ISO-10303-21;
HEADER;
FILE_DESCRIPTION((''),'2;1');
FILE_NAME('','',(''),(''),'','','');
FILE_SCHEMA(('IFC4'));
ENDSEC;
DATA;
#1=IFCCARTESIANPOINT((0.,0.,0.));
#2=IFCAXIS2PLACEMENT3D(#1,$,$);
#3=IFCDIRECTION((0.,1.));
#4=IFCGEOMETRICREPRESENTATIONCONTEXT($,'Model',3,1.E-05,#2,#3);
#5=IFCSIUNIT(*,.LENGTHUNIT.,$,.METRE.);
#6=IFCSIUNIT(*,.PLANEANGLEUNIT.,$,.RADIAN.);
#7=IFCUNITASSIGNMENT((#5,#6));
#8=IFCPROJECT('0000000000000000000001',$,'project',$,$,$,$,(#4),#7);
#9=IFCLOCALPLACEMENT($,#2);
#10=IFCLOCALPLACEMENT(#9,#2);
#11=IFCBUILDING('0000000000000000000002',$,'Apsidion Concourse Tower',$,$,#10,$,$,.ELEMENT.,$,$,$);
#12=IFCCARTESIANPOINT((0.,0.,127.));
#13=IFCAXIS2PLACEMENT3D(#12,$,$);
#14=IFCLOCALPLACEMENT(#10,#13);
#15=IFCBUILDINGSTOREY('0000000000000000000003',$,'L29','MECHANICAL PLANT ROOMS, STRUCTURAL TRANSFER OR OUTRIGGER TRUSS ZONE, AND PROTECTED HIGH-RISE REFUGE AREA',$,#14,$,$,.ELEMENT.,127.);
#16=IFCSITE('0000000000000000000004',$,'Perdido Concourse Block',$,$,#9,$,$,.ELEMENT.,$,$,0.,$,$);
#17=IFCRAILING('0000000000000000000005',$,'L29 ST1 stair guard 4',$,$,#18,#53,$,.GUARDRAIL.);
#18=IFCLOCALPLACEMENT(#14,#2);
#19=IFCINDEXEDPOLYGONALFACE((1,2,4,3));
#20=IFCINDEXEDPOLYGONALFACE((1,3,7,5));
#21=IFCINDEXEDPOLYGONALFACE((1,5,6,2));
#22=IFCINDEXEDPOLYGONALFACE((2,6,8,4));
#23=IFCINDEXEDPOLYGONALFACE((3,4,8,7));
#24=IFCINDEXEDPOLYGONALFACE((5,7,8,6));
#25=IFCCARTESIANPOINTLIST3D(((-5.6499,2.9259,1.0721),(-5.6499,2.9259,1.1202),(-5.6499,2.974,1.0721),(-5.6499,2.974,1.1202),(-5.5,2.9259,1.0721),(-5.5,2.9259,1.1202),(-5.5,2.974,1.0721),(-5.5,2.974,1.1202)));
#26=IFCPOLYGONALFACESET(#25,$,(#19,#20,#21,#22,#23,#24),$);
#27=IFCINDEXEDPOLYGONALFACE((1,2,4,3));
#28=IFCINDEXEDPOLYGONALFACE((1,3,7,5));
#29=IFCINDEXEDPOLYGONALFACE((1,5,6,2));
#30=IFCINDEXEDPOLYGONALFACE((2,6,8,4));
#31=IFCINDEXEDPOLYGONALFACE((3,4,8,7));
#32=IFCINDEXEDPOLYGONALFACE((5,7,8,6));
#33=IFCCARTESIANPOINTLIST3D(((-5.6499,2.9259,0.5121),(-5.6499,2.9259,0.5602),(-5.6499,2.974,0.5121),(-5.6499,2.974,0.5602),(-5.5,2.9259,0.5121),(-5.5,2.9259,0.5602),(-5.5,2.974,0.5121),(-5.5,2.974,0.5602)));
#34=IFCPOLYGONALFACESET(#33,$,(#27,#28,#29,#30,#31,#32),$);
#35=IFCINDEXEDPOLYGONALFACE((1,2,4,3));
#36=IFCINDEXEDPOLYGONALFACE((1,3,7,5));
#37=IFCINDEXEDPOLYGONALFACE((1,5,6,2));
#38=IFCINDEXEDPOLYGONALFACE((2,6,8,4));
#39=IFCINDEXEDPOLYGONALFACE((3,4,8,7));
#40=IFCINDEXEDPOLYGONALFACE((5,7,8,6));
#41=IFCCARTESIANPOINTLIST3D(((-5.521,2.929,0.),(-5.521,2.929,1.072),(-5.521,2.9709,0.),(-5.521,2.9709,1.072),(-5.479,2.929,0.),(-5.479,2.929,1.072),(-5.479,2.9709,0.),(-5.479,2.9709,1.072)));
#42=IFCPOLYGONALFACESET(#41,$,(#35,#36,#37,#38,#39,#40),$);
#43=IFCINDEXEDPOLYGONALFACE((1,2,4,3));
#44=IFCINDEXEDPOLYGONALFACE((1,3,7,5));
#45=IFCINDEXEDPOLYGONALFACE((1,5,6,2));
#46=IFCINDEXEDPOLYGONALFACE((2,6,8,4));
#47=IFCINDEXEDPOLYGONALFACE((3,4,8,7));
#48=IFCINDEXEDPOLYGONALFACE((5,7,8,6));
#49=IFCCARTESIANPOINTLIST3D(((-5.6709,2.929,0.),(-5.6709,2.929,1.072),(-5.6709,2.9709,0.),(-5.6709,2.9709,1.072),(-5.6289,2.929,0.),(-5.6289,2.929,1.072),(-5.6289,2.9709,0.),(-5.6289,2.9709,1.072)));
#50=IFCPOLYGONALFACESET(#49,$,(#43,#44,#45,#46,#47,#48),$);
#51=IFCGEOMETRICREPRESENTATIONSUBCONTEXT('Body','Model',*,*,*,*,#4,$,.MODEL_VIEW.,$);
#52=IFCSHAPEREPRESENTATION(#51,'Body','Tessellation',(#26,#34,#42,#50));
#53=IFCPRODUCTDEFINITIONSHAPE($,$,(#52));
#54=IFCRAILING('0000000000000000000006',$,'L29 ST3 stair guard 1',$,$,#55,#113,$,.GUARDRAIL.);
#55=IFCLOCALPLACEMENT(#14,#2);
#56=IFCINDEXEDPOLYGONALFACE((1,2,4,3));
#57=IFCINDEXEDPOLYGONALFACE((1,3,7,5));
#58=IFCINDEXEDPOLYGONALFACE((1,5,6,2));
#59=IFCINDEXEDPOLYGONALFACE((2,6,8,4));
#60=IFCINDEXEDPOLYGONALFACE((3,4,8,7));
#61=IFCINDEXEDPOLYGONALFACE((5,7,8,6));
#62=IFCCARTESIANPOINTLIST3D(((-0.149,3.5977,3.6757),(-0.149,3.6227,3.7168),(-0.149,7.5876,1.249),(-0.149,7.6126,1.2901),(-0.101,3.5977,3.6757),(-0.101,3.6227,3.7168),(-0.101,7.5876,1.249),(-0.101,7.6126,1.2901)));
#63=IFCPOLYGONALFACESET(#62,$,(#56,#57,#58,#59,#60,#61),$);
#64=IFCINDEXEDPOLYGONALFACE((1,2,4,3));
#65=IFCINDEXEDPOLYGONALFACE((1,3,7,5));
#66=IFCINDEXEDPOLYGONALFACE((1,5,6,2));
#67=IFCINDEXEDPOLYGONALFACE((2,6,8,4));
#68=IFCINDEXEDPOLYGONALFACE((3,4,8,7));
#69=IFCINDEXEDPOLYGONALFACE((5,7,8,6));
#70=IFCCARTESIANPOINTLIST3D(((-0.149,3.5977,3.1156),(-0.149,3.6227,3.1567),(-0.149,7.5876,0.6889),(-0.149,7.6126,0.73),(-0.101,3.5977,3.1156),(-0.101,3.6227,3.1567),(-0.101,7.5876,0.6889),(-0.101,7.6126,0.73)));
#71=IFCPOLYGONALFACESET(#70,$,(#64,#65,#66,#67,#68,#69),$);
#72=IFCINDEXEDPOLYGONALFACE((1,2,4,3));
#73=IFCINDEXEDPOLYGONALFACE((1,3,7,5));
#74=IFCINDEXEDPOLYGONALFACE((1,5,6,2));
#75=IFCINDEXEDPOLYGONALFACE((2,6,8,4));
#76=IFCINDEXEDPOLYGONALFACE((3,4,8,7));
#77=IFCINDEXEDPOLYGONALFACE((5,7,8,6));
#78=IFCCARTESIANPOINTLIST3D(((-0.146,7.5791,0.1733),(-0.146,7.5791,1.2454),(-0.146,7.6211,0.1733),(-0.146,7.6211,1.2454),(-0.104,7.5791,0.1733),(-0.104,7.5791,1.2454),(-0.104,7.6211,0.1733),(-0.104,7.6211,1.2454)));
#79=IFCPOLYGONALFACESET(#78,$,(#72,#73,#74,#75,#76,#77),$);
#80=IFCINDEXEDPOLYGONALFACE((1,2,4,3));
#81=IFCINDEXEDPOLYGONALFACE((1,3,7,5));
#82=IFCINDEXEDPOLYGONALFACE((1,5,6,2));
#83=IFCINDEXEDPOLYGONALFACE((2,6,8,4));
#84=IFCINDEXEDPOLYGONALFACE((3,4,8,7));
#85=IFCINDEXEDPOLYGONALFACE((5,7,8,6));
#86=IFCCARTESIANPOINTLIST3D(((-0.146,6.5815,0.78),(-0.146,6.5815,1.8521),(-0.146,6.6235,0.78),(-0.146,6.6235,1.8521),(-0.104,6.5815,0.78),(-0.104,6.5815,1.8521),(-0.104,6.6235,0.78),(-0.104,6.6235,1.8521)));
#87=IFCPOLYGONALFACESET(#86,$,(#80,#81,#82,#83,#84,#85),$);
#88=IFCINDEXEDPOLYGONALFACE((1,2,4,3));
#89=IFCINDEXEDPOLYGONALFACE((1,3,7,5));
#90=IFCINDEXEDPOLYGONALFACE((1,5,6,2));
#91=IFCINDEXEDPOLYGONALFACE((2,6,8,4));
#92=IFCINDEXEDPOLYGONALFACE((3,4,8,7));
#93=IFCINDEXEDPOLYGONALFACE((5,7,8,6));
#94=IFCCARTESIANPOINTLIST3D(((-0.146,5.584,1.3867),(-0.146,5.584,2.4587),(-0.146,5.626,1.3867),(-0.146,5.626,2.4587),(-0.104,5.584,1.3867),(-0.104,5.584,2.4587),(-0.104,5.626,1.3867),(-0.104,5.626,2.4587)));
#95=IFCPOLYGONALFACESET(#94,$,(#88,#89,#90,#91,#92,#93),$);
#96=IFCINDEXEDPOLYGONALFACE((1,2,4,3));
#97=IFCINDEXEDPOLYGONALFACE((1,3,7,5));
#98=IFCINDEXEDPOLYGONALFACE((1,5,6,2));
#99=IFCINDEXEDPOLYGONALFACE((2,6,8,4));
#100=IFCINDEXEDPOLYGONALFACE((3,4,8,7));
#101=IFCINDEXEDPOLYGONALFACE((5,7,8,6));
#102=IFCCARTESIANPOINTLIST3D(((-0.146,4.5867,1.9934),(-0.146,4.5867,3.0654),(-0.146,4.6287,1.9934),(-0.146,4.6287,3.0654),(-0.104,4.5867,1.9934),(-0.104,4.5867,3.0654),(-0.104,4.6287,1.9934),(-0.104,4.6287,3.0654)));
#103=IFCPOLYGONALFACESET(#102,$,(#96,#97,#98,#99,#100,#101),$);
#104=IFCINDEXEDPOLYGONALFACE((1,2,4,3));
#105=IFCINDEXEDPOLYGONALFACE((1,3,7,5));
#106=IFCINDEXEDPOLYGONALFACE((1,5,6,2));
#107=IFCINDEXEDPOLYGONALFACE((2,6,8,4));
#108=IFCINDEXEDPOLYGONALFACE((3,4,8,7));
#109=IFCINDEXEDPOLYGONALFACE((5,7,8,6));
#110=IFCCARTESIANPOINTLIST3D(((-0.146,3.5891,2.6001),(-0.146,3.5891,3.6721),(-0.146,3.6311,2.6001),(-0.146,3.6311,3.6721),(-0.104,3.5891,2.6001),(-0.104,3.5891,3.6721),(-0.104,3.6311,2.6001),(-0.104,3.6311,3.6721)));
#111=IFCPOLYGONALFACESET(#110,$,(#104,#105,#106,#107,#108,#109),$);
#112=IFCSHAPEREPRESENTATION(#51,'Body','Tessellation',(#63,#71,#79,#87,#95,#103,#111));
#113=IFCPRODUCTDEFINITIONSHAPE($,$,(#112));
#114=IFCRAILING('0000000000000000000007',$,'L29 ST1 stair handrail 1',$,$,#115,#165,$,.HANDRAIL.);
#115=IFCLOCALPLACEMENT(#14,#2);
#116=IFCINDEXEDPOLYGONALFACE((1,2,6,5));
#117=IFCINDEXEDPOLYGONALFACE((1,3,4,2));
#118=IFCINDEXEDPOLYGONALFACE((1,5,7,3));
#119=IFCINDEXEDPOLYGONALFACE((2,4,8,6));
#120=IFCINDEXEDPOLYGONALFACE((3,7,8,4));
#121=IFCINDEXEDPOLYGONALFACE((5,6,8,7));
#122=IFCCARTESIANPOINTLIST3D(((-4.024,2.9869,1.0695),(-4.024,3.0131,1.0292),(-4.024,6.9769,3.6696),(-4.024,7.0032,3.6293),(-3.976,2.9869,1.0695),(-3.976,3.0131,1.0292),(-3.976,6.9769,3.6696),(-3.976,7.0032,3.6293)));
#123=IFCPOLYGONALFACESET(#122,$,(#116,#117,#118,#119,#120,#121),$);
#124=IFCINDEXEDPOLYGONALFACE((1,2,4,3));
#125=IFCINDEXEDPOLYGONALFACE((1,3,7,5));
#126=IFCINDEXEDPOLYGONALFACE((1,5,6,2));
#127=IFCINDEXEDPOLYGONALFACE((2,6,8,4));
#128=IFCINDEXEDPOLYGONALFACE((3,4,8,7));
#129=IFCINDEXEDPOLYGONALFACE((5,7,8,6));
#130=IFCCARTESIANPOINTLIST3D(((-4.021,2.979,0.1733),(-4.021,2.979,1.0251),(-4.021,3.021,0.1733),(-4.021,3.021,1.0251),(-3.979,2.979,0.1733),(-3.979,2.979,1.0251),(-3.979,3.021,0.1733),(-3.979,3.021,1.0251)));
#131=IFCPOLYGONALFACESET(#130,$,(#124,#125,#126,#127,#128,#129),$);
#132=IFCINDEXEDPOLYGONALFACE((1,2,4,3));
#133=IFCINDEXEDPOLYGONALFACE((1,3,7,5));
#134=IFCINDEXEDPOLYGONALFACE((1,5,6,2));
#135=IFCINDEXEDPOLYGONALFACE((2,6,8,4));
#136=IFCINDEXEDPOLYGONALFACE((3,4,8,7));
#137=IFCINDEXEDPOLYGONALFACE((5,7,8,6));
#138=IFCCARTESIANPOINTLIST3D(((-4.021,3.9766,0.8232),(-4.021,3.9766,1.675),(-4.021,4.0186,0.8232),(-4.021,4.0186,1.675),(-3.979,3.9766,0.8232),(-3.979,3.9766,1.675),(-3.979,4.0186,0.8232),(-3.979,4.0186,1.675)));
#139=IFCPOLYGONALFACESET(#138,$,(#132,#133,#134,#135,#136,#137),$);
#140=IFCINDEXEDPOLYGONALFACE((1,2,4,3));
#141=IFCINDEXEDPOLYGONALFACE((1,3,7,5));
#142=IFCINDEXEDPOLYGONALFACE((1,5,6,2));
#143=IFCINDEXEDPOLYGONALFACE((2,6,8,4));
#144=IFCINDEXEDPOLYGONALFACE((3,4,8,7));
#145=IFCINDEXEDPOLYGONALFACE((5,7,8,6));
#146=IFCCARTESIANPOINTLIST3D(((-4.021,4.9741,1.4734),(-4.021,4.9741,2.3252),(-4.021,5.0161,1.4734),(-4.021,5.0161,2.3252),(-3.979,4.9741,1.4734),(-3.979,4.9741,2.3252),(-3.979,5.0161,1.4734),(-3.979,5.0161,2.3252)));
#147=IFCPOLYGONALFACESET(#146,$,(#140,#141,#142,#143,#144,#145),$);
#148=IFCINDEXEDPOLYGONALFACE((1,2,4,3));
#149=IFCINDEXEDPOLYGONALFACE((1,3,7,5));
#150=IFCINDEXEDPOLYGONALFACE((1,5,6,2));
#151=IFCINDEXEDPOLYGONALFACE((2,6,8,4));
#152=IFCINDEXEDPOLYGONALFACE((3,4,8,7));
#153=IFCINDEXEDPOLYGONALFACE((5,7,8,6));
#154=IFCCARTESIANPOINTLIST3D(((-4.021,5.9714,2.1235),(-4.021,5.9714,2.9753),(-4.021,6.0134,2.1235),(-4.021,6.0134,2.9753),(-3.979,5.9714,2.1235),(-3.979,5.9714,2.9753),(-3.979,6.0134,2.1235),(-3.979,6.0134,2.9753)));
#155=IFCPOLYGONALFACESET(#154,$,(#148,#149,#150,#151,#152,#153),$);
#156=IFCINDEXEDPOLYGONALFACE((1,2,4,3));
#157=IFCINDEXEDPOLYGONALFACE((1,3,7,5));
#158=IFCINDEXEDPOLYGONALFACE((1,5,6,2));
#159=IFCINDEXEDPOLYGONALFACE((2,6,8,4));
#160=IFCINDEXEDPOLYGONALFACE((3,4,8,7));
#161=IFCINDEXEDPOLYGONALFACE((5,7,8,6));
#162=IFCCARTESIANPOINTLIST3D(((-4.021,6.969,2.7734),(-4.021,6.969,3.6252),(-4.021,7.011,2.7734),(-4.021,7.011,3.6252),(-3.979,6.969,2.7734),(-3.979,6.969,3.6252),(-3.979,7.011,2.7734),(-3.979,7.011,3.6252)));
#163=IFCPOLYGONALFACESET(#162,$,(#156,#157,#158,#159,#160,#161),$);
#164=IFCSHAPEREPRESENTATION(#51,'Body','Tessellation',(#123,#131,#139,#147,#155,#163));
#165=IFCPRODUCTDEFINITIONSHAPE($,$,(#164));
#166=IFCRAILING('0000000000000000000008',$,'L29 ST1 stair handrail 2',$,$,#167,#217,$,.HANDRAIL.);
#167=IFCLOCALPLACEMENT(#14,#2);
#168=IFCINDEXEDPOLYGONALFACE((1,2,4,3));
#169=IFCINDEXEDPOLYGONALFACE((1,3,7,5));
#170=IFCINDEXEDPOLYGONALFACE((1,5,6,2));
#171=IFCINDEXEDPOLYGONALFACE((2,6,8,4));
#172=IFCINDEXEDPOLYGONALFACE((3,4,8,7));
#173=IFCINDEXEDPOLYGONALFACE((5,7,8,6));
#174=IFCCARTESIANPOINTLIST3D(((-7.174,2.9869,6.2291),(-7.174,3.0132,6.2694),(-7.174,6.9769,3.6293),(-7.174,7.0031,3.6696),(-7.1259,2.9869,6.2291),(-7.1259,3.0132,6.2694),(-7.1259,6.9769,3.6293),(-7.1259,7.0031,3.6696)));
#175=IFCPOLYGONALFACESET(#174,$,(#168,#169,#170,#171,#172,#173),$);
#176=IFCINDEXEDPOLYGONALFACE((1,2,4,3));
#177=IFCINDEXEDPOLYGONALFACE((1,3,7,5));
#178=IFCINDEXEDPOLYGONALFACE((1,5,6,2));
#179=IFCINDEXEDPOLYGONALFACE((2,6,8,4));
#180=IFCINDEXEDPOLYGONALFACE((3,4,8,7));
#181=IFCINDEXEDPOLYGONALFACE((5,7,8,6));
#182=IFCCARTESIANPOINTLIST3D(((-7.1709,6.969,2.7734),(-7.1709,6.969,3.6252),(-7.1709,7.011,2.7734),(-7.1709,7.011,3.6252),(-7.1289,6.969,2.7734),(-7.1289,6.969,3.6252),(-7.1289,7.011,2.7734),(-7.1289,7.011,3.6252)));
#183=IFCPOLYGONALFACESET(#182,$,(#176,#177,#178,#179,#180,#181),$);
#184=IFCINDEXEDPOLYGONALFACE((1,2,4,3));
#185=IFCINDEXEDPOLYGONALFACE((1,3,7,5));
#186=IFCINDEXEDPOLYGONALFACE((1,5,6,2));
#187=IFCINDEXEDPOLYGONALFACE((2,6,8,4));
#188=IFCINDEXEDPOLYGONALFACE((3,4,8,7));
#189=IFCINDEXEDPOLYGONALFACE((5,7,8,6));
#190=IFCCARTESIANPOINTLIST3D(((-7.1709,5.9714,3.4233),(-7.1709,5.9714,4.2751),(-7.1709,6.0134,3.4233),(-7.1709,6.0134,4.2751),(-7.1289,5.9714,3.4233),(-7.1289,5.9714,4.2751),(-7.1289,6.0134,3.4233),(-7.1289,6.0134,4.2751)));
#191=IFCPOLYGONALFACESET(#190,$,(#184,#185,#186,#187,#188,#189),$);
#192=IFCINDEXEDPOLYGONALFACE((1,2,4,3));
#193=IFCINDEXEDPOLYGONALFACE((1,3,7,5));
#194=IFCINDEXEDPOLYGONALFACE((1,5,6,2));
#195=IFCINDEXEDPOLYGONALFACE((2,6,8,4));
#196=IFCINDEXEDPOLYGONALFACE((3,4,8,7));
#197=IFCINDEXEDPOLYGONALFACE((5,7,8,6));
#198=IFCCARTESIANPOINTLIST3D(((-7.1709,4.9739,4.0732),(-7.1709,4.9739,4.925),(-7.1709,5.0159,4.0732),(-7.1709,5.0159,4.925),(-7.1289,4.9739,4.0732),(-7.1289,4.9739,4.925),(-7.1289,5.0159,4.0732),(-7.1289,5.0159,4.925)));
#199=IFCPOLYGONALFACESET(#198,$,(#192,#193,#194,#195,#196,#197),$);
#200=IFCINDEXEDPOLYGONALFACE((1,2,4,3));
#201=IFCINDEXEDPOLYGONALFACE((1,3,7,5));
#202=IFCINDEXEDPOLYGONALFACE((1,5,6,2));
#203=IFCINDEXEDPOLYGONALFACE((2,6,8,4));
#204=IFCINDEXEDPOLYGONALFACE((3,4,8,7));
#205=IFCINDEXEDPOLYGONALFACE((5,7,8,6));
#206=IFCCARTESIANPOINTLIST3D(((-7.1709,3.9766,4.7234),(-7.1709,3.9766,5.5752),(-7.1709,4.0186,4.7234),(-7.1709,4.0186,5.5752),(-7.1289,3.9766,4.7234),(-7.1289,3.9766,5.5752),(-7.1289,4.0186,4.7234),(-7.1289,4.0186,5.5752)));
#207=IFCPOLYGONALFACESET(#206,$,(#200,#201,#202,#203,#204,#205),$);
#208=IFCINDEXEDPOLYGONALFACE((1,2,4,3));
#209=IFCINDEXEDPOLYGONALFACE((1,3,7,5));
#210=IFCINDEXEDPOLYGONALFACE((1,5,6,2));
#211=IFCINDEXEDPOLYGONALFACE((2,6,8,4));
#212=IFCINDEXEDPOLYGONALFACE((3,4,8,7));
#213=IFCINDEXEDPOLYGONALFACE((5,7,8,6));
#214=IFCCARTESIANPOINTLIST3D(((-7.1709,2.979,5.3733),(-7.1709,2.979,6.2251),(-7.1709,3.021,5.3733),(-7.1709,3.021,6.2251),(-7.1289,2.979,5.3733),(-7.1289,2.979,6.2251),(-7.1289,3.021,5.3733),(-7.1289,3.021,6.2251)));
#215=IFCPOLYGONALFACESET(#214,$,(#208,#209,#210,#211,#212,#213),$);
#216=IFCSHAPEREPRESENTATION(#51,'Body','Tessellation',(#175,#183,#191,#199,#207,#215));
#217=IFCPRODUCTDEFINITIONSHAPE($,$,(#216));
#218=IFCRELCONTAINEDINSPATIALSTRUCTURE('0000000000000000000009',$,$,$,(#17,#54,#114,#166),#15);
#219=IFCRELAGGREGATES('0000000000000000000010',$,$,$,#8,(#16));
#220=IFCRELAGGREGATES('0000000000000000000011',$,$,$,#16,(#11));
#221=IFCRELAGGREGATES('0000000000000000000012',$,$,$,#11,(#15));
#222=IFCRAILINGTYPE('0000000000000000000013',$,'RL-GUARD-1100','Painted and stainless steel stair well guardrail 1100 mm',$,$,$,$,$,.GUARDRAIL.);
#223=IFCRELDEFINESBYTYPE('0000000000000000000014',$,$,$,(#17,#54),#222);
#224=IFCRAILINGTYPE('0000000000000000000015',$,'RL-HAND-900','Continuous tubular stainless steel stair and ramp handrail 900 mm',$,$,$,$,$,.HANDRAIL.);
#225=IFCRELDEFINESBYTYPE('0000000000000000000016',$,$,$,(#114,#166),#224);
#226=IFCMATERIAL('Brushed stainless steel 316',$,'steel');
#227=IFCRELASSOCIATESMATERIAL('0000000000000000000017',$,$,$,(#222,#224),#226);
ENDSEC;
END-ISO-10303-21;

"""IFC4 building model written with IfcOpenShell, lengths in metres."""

from ifc_helpers import new_model, si_unit, direction, frame, origin, origin_2d, place, context, subcontext, project, spatial, rectangle, extrude, material, type_object, element, save


model = new_model("IFC4")

# Units and contexts
model_context = context("Model", 3, precision=1e-05, world=origin(), true_north=direction((0.0, 1.0)))
body_context = subcontext(model_context, "Body", "Model", "MODEL_VIEW")
ifc_project = project(units=[si_unit("LENGTHUNIT", "METRE"), si_unit("PLANEANGLEUNIT", "RADIAN")], contexts=[model_context])

# Site, building, storey
site_placement = place(None, origin())
site = spatial("IfcSite", under=ifc_project, at=site_placement, Name="Perdido Concourse Block", CompositionType="ELEMENT", RefElevation=0.0)
building_placement = place(site_placement, origin())
building = spatial("IfcBuilding", under=site, at=building_placement, Name="Apsidion Concourse Tower", CompositionType="ELEMENT")
storey_placement = place(building_placement, frame((0.0, 0.0, 127.0)))
storey = spatial("IfcBuildingStorey", under=building, at=storey_placement, Name="L29", Description="MECHANICAL PLANT ROOMS, STRUCTURAL TRANSFER OR OUTRIGGER TRUSS ZONE, AND PROTECTED HIGH-RISE REFUGE AREA", CompositionType="ELEMENT", Elevation=127.0)

# Railings
ifc_material_1 = material(Name="Brushed stainless steel 316", Category="steel")
railing_type_1 = type_object("IfcRailingType", Name="RL-GUARD-1100", Description="Painted and stainless steel stair well guardrail 1100 mm", PredefinedType="GUARDRAIL", material=ifc_material_1)
railing_1_placement = place(storey_placement, frame((-5.5, 2.95, 0.0)))
element("IfcRailing", 1, at=railing_1_placement, inside=storey, type_object=railing_type_1, Name="L29 ST1 stair guard 4", PredefinedType="GUARDRAIL", context=body_context, shape_type="SweptSolid", body=[
    extrude(rectangle(XDim=0.0481, YDim=0.0481, at=origin_2d()), frame((0.0, 0.0, 1.0962), z_axis=(-1.0, 0.0, 0.0), x_axis=(0.0, -1.0, 0.0)), (0.0, 0.0, 1.0), 0.1499),
    extrude(rectangle(XDim=0.0481, YDim=0.0481, at=origin_2d()), frame((0.0, 0.0, 0.5361), z_axis=(-1.0, 0.0, 0.0), x_axis=(0.0, -1.0, 0.0)), (0.0, 0.0, 1.0), 0.1499),
    extrude(rectangle(XDim=0.042, YDim=0.042, at=origin_2d()), origin(), (0.0, 0.0, 1.0), 1.072),
    extrude(rectangle(XDim=0.042, YDim=0.042, at=origin_2d()), frame((-0.1499, 0.0, 0.0)), (0.0, 0.0, 1.0), 1.072),
])
railing_2_placement = place(storey_placement, frame((-0.125, 7.6001, 0.1733)))
element("IfcRailing", 2, at=railing_2_placement, inside=storey, type_object=railing_type_1, Name="L29 ST3 stair guard 1", PredefinedType="GUARDRAIL", context=body_context, shape_type="SweptSolid", body=[
    extrude(rectangle(XDim=0.0481, YDim=0.0481, at=origin_2d()), frame((0.0, 0.0, 1.0962), z_axis=(0.0, -0.854382, 0.519645), x_axis=(1.0, 0.0, 0.0)), (0.0, 0.0, 1.0), 4.6699),
    extrude(rectangle(XDim=0.0481, YDim=0.0481, at=origin_2d()), frame((0.0, 0.0, 0.5361), z_axis=(0.0, -0.854382, 0.519645), x_axis=(1.0, 0.0, 0.0)), (0.0, 0.0, 1.0), 4.6699),
    extrude(rectangle(XDim=0.042, YDim=0.042, at=origin_2d()), origin(), (0.0, 0.0, 1.0), 1.072),
    extrude(rectangle(XDim=0.042, YDim=0.042, at=origin_2d()), frame((0.0, -0.9976, 0.6067)), (0.0, 0.0, 1.0), 1.072),
    extrude(rectangle(XDim=0.042, YDim=0.042, at=origin_2d()), frame((0.0, -1.9951, 1.2134)), (0.0, 0.0, 1.0), 1.072),
    extrude(rectangle(XDim=0.042, YDim=0.042, at=origin_2d()), frame((0.0, -2.9924, 1.8201)), (0.0, 0.0, 1.0), 1.072),
    extrude(rectangle(XDim=0.042, YDim=0.042, at=origin_2d()), frame((0.0, -3.99, 2.4268)), (0.0, 0.0, 1.0), 1.072),
])
railing_type_2 = type_object("IfcRailingType", Name="RL-HAND-900", Description="Continuous tubular stainless steel stair and ramp handrail 900 mm", PredefinedType="HANDRAIL", material=ifc_material_1)
railing_3_placement = place(storey_placement, frame((-4.0, 3.0, 0.1733)))
element("IfcRailing", 3, at=railing_3_placement, inside=storey, type_object=railing_type_2, Name="L29 ST1 stair handrail 1", PredefinedType="HANDRAIL", context=body_context, shape_type="SweptSolid", body=[
    extrude(rectangle(XDim=0.0481, YDim=0.0481, at=origin_2d()), frame((0.0, 0.0, 0.876), z_axis=(0.0, 0.837809, 0.545963), x_axis=(-1.0, 0.0, 0.0)), (0.0, 0.0, 1.0), 4.7625),
    extrude(rectangle(XDim=0.042, YDim=0.042, at=origin_2d()), origin(), (0.0, 0.0, 1.0), 0.8518),
    extrude(rectangle(XDim=0.042, YDim=0.042, at=origin_2d()), frame((0.0, 0.9976, 0.6499)), (0.0, 0.0, 1.0), 0.8518),
    extrude(rectangle(XDim=0.042, YDim=0.042, at=origin_2d()), frame((0.0, 1.9951, 1.3)), (0.0, 0.0, 1.0), 0.8518),
    extrude(rectangle(XDim=0.042, YDim=0.042, at=origin_2d()), frame((0.0, 2.9924, 1.9502)), (0.0, 0.0, 1.0), 0.8518),
    extrude(rectangle(XDim=0.042, YDim=0.042, at=origin_2d()), frame((0.0, 3.99, 2.6001)), (0.0, 0.0, 1.0), 0.8518),
])
railing_4_placement = place(storey_placement, frame((-7.1499, 6.99, 2.7734)))
element("IfcRailing", 4, at=railing_4_placement, inside=storey, type_object=railing_type_2, Name="L29 ST1 stair handrail 2", PredefinedType="HANDRAIL", context=body_context, shape_type="SweptSolid", body=[
    extrude(rectangle(XDim=0.0481, YDim=0.0481, at=origin_2d()), frame((0.0, 0.0, 0.876), z_axis=(0.0, -0.837833, 0.545927), x_axis=(1.0, 0.0, 0.0)), (0.0, 0.0, 1.0), 4.7622),
    extrude(rectangle(XDim=0.042, YDim=0.042, at=origin_2d()), origin(), (0.0, 0.0, 1.0), 0.8518),
    extrude(rectangle(XDim=0.042, YDim=0.042, at=origin_2d()), frame((0.0, -0.9976, 0.6499)), (0.0, 0.0, 1.0), 0.8518),
    extrude(rectangle(XDim=0.042, YDim=0.042, at=origin_2d()), frame((0.0, -1.9951, 1.2998)), (0.0, 0.0, 1.0), 0.8518),
    extrude(rectangle(XDim=0.042, YDim=0.042, at=origin_2d()), frame((0.0, -2.9924, 1.95)), (0.0, 0.0, 1.0), 0.8518),
    extrude(rectangle(XDim=0.042, YDim=0.042, at=origin_2d()), frame((0.0, -3.99, 2.5999)), (0.0, 0.0, 1.0), 0.8518),
])

save(model, "model.ifc")
